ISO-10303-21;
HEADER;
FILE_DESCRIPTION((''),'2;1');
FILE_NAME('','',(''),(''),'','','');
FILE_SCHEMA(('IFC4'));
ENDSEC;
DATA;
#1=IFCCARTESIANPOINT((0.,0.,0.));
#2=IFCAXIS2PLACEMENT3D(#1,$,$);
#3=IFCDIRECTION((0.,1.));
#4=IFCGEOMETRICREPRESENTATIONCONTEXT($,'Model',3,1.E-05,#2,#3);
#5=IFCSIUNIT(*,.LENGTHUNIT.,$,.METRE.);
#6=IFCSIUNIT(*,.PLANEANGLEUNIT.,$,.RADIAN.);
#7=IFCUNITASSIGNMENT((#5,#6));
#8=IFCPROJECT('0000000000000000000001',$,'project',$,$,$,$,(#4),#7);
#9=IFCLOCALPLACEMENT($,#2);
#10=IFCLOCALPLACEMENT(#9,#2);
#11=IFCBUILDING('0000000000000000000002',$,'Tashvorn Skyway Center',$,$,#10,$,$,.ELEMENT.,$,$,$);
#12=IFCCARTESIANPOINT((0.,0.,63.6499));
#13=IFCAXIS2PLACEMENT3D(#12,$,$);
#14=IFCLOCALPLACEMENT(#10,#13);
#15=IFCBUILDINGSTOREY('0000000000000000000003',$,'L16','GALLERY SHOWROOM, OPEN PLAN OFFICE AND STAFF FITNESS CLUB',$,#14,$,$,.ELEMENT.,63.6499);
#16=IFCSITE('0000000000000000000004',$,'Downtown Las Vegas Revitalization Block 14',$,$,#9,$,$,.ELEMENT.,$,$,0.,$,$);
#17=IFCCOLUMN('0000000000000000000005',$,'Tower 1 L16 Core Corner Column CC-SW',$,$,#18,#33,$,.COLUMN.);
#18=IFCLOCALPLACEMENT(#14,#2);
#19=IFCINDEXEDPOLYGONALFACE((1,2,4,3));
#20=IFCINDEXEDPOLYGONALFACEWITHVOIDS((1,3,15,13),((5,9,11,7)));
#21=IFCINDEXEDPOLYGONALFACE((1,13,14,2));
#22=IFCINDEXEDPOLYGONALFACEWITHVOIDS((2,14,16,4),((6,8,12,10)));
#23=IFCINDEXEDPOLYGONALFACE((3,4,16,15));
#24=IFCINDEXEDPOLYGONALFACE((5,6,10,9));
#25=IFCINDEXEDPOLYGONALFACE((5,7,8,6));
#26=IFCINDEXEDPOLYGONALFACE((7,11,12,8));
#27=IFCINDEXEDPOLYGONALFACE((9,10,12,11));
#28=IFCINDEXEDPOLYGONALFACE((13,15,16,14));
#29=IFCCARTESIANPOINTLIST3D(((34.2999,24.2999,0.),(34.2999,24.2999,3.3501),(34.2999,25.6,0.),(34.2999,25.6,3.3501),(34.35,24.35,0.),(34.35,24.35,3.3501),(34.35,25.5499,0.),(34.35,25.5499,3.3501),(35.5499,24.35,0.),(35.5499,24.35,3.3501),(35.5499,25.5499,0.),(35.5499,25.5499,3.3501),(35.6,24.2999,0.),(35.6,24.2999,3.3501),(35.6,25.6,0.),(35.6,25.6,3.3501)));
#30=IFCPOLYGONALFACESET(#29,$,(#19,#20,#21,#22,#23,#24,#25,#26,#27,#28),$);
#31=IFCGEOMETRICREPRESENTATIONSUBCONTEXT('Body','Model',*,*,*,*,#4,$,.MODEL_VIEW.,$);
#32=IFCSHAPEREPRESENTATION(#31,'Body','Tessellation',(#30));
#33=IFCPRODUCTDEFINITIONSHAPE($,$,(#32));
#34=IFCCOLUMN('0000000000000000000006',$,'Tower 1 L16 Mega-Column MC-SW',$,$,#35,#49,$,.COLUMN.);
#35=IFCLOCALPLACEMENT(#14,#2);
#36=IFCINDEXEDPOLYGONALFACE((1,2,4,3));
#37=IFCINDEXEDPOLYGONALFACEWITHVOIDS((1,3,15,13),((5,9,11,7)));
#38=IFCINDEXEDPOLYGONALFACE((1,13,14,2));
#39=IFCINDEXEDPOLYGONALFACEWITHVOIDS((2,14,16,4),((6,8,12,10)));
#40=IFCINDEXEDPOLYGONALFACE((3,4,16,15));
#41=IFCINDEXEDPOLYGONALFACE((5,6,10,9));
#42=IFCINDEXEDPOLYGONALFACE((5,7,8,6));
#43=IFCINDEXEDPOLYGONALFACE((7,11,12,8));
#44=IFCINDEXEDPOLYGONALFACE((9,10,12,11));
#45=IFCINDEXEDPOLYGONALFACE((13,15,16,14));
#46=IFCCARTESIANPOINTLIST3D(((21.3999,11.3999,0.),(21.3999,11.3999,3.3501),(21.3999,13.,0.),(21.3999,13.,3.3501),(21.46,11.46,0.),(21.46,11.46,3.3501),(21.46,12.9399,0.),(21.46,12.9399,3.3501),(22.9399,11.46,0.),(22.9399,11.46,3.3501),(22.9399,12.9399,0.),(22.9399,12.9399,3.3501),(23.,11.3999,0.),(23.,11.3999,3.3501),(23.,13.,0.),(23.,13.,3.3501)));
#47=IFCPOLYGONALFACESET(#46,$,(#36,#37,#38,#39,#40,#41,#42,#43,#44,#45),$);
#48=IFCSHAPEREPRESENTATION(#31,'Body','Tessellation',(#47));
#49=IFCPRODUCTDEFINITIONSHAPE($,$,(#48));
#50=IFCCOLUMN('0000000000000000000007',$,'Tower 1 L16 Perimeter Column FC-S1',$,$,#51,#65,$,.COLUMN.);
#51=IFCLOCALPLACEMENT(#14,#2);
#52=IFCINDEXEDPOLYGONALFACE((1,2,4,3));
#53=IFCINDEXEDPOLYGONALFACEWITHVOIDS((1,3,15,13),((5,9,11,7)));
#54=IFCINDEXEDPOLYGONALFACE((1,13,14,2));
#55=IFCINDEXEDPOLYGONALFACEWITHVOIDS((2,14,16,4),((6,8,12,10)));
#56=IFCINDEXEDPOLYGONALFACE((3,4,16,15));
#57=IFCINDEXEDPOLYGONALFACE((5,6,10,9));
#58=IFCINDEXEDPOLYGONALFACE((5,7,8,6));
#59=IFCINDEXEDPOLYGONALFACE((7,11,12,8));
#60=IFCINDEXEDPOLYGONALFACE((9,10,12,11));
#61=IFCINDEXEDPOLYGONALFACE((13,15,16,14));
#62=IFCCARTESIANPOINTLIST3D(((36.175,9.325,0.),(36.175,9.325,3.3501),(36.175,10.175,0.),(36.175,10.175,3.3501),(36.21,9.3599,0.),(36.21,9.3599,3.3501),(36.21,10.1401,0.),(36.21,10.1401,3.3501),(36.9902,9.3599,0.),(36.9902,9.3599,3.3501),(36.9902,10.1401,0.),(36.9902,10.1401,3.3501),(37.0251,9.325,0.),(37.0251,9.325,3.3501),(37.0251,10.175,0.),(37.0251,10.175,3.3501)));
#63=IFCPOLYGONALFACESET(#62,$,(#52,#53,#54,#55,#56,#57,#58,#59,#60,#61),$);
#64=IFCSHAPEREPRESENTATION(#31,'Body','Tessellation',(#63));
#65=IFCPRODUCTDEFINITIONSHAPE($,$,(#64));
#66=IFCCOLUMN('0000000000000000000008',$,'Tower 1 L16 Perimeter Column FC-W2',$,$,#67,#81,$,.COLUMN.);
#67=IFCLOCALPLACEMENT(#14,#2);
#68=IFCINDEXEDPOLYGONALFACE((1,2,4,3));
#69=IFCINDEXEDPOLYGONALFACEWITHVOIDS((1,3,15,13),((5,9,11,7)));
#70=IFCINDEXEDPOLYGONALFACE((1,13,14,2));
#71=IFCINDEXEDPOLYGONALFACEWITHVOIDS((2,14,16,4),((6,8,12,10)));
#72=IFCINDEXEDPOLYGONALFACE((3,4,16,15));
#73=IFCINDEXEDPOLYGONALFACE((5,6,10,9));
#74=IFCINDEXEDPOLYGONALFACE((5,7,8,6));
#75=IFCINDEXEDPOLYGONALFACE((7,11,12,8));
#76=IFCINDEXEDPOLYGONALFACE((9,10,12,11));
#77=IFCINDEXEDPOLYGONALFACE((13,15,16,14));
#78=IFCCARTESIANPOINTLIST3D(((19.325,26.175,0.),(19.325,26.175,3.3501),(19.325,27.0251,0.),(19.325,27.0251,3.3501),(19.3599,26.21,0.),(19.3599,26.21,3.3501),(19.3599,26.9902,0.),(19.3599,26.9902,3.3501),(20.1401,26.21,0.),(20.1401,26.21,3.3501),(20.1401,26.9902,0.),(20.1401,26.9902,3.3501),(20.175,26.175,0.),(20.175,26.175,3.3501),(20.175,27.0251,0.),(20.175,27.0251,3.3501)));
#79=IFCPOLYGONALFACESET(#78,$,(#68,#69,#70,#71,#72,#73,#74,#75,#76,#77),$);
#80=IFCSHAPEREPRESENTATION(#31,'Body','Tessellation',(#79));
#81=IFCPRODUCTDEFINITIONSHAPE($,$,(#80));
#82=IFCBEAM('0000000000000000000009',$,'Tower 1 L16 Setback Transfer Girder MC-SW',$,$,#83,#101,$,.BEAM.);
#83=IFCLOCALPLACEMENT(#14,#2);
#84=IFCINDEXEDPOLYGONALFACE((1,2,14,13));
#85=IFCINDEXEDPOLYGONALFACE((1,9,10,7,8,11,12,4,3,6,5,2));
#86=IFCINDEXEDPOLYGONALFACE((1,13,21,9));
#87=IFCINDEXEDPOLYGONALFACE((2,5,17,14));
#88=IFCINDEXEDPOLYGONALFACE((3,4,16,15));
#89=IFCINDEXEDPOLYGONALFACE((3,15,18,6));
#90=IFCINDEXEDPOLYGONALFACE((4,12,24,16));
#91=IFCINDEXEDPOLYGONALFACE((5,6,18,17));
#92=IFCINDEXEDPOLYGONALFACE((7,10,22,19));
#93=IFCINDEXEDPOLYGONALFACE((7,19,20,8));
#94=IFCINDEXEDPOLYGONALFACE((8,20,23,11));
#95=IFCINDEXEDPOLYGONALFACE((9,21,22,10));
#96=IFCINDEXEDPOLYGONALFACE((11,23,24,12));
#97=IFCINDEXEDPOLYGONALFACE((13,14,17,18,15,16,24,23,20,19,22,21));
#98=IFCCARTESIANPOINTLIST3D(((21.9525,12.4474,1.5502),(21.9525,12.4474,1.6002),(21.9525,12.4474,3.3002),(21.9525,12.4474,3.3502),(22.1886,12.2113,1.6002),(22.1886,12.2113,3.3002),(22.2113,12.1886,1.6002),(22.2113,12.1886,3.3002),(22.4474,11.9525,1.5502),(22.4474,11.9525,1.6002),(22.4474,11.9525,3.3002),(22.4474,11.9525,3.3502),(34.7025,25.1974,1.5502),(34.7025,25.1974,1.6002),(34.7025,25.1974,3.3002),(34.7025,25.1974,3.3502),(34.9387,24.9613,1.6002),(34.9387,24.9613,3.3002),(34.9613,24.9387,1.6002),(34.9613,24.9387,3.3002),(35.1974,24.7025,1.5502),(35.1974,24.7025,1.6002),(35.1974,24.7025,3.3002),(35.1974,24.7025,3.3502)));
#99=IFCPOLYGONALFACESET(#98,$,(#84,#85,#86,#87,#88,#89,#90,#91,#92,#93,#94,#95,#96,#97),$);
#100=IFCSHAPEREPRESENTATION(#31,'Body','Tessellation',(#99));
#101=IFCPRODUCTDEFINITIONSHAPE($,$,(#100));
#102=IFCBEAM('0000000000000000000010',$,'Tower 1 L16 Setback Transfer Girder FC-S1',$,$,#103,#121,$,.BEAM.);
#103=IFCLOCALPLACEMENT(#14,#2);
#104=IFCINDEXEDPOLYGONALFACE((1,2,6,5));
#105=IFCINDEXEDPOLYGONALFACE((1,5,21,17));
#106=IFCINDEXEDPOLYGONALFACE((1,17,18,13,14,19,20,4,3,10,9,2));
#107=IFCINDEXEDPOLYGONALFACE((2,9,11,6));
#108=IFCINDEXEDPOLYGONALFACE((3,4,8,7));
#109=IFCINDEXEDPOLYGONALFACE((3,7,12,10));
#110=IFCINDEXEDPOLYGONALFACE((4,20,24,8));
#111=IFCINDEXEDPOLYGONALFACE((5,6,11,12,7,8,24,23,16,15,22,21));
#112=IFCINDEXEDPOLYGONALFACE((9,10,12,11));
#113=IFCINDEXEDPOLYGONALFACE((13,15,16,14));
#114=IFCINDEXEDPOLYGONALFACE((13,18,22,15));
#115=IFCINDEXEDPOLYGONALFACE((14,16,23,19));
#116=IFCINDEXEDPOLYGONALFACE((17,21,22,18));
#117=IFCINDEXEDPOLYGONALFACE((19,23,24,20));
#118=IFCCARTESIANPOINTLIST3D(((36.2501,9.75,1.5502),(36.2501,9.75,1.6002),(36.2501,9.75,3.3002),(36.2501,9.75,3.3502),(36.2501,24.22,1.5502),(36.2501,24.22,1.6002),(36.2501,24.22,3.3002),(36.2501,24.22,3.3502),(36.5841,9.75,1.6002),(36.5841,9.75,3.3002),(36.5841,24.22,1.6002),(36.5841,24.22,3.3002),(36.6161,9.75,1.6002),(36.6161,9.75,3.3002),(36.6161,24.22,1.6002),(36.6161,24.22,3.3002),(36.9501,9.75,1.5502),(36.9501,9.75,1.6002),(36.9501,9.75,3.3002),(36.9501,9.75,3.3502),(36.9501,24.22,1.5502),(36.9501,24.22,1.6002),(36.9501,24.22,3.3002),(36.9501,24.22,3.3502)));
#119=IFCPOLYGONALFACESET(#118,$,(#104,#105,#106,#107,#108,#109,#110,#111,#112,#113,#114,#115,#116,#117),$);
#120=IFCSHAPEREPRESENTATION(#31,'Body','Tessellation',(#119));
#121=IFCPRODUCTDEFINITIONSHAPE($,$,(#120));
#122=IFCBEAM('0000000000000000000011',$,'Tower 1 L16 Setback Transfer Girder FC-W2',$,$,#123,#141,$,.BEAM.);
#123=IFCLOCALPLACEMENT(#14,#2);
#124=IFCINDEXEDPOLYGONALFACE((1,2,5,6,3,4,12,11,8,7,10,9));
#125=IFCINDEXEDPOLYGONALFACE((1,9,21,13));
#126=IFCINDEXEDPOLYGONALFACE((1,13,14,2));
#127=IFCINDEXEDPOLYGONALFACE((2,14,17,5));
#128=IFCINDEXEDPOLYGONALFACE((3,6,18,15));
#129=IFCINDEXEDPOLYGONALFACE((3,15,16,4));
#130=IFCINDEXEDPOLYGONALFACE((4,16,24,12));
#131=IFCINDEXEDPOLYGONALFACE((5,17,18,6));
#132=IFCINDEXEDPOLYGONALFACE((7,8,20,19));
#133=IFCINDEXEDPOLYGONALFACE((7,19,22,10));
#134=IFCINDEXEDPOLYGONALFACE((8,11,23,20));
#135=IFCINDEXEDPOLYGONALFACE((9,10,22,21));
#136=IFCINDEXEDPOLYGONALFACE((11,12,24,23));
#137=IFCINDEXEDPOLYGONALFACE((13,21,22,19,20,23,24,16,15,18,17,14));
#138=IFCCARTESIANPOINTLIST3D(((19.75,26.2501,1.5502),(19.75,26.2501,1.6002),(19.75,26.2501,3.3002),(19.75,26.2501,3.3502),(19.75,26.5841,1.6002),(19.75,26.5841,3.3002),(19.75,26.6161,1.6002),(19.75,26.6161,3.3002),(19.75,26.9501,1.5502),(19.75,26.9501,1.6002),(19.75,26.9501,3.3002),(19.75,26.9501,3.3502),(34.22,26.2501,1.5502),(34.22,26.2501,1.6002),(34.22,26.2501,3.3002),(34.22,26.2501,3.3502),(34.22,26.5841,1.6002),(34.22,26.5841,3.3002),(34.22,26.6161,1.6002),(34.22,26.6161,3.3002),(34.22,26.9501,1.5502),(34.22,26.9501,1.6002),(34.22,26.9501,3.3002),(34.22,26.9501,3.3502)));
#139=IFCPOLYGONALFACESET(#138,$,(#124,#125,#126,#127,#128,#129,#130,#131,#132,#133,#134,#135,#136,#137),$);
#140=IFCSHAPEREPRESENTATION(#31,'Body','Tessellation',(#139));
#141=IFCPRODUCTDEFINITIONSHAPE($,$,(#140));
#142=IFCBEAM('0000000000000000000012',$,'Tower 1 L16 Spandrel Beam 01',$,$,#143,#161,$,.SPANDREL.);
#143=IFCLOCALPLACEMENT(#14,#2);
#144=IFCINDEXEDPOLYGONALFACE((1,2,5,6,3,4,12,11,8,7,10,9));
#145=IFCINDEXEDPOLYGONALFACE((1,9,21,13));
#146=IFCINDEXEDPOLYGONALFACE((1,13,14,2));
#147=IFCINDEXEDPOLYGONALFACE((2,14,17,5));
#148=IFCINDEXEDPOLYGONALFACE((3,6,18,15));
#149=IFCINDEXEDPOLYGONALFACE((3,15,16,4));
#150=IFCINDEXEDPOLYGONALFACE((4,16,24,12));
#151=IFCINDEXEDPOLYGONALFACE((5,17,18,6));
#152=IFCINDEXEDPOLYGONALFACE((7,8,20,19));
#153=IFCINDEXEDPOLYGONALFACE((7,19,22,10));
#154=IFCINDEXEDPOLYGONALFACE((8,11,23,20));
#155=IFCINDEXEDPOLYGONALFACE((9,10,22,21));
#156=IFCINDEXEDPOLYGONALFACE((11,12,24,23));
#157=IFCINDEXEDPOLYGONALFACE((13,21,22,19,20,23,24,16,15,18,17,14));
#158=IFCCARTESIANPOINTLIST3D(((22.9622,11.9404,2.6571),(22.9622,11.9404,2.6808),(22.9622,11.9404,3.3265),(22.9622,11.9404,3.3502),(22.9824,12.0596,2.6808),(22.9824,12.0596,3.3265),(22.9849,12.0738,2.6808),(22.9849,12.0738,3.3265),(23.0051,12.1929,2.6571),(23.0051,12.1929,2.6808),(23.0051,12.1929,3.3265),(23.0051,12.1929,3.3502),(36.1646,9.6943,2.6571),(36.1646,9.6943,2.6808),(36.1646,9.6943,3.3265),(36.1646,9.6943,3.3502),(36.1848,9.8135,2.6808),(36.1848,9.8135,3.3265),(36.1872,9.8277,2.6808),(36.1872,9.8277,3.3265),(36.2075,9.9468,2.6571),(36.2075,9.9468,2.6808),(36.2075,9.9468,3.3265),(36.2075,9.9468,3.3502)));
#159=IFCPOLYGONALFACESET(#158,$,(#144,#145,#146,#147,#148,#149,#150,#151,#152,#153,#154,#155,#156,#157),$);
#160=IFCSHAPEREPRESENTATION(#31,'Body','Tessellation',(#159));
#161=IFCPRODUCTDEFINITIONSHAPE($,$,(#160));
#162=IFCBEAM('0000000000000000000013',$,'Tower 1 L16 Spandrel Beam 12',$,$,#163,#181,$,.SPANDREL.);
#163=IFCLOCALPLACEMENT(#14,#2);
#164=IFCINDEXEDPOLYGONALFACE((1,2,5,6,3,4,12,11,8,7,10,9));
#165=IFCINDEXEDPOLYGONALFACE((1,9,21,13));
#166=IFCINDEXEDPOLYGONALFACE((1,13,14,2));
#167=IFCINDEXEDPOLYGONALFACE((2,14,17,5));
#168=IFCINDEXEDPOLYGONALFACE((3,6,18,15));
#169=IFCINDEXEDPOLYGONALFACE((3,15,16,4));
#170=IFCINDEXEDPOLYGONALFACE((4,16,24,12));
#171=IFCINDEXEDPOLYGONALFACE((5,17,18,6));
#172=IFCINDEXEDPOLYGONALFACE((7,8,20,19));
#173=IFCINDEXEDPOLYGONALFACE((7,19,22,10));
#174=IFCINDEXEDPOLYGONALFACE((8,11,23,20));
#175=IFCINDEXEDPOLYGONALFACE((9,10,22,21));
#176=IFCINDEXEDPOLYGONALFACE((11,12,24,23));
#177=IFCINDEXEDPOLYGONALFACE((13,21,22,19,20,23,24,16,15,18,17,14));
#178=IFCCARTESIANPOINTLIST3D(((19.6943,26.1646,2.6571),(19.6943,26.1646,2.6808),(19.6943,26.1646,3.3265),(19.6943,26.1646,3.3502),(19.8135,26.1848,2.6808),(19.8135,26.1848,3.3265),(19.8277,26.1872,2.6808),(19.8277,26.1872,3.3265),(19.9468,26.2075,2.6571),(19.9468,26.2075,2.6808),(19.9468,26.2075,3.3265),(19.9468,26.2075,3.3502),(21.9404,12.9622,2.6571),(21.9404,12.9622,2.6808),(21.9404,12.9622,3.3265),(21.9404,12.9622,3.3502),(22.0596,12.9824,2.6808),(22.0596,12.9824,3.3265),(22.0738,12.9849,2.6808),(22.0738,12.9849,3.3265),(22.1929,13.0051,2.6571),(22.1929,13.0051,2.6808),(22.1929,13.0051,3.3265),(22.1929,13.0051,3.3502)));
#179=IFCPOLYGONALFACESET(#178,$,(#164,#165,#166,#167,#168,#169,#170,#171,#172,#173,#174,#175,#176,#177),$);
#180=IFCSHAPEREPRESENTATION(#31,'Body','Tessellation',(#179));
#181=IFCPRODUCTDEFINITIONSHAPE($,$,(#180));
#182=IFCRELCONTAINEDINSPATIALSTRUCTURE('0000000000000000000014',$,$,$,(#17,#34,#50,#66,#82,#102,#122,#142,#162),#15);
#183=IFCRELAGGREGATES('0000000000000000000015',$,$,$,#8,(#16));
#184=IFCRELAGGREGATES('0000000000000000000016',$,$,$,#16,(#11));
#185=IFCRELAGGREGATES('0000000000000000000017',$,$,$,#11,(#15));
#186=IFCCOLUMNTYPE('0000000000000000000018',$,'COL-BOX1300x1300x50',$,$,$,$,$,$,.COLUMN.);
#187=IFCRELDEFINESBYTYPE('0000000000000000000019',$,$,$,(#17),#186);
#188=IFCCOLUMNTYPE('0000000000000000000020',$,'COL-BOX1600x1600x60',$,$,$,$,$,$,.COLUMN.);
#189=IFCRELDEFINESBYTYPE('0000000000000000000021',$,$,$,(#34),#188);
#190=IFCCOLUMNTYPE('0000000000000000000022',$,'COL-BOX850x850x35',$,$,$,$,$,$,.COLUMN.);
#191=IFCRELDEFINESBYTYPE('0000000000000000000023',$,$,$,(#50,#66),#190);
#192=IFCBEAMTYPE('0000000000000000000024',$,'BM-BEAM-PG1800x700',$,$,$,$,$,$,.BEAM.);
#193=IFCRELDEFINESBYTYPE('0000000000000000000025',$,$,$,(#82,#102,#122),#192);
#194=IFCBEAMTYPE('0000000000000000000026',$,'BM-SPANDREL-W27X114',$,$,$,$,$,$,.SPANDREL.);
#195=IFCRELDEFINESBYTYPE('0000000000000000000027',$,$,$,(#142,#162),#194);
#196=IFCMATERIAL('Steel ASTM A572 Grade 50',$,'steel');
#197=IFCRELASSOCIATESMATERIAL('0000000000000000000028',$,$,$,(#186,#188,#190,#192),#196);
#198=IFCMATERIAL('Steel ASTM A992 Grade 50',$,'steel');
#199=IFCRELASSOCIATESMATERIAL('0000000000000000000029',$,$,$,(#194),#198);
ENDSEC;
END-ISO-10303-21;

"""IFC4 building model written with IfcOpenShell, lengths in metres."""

from ifc_helpers import new_model, si_unit, direction, frame, origin, origin_2d, place, context, subcontext, project, spatial, hollow_rectangle, i_section, extrude, material, material_profile, profile_set, type_object, element, save


model = new_model("IFC4")

# Units and contexts
model_context = context("Model", 3, precision=1e-05, world=origin(), true_north=direction((0.0, 1.0)))
body_context = subcontext(model_context, "Body", "Model", "MODEL_VIEW")
ifc_project = project(units=[si_unit("LENGTHUNIT", "METRE"), si_unit("PLANEANGLEUNIT", "RADIAN")], contexts=[model_context])

# Site, building, storey
site_placement = place(None, origin())
site = spatial("IfcSite", under=ifc_project, at=site_placement, Name="Downtown Las Vegas Revitalization Block 14", CompositionType="ELEMENT", RefElevation=0.0)
building_placement = place(site_placement, origin())
building = spatial("IfcBuilding", under=site, at=building_placement, Name="Tashvorn Skyway Center", CompositionType="ELEMENT")
storey_placement = place(building_placement, frame((0.0, 0.0, 63.6499)))
storey = spatial("IfcBuildingStorey", under=building, at=storey_placement, Name="L16", Description="GALLERY SHOWROOM, OPEN PLAN OFFICE AND STAFF FITNESS CLUB", CompositionType="ELEMENT", Elevation=63.6499)

# Columns
ifc_material_1 = material(Name="Steel ASTM A572 Grade 50", Category="steel")
ifc_material_profile_1 = material_profile(ifc_material_1, hollow_rectangle(XDim=1.3, YDim=1.3, WallThickness=0.05, at=origin_2d()), Name="BOX1300x1300x50")
ifc_profile_set_1 = profile_set([ifc_material_profile_1], Name="Steel ASTM A572 Grade 50")
column_type_1 = type_object("IfcColumnType", Name="COL-BOX1300x1300x50", PredefinedType="COLUMN", material=ifc_profile_set_1)
column_1_placement = place(storey_placement, frame((34.95, 24.95, 0.0), z_axis=(0.0, 0.0, 1.0), x_axis=(1.0, 0.0, 0.0)))
element("IfcColumn", 1, at=column_1_placement, inside=storey, type_object=column_type_1, Name="Tower 1 L16 Core Corner Column CC-SW", PredefinedType="COLUMN", context=body_context, shape_type="SweptSolid", body=[
    extrude(hollow_rectangle(XDim=1.3, YDim=1.3, WallThickness=0.05, at=origin_2d()), origin(), (0.0, 0.0, 1.0), 3.3501),
])
ifc_material_profile_2 = material_profile(ifc_material_1, hollow_rectangle(XDim=1.6001, YDim=1.6001, WallThickness=0.0601, at=origin_2d()), Name="BOX1600x1600x60")
ifc_profile_set_2 = profile_set([ifc_material_profile_2], Name="Steel ASTM A572 Grade 50")
column_type_2 = type_object("IfcColumnType", Name="COL-BOX1600x1600x60", PredefinedType="COLUMN", material=ifc_profile_set_2)
column_2_placement = place(storey_placement, frame((22.2, 12.2, 0.0), z_axis=(0.0, 0.0, 1.0), x_axis=(1.0, 0.0, 0.0)))
element("IfcColumn", 2, at=column_2_placement, inside=storey, type_object=column_type_2, Name="Tower 1 L16 Mega-Column MC-SW", PredefinedType="COLUMN", context=body_context, shape_type="SweptSolid", body=[
    extrude(hollow_rectangle(XDim=1.6001, YDim=1.6001, WallThickness=0.0601, at=origin_2d()), origin(), (0.0, 0.0, 1.0), 3.3501),
])
ifc_material_profile_3 = material_profile(ifc_material_1, hollow_rectangle(XDim=0.8501, YDim=0.8501, WallThickness=0.0349, at=origin_2d()), Name="BOX850x850x35")
ifc_profile_set_3 = profile_set([ifc_material_profile_3], Name="Steel ASTM A572 Grade 50")
column_type_3 = type_object("IfcColumnType", Name="COL-BOX850x850x35", PredefinedType="COLUMN", material=ifc_profile_set_3)
for number, where, z_axis, x_axis, name in (
    (3, (36.6001, 9.75, 0.0), (0.0, 0.0, 1.0), (1.0, 0.0, 0.0), "Tower 1 L16 Perimeter Column FC-S1"),
    (4, (19.75, 26.6001, 0.0), (0.0, 0.0, 1.0), (1.0, 0.0, 0.0), "Tower 1 L16 Perimeter Column FC-W2"),
):
    element("IfcColumn", number, at=place(storey_placement, frame(where, z_axis=z_axis, x_axis=x_axis)), inside=storey, type_object=column_type_3, Name=name, PredefinedType="COLUMN", context=body_context, shape_type="SweptSolid", body=[
        extrude(hollow_rectangle(XDim=0.8501, YDim=0.8501, WallThickness=0.0349, at=origin_2d()), origin(), (0.0, 0.0, 1.0), 3.3501),
    ])

# Beams
ifc_material_profile_4 = material_profile(ifc_material_1, i_section(OverallWidth=0.7, OverallDepth=1.8, WebThickness=0.032, FlangeThickness=0.05, at=origin_2d()), Name="PG1800x700")
ifc_profile_set_4 = profile_set([ifc_material_profile_4], Name="Steel ASTM A572 Grade 50")
beam_type_1 = type_object("IfcBeamType", Name="BM-BEAM-PG1800x700", PredefinedType="BEAM", material=ifc_profile_set_4)
beam_placement = place(storey_placement, frame((22.2, 12.2, 2.4502), z_axis=(0.707107, 0.707107, 0.0), x_axis=(-0.707107, 0.707107, 0.0)))
element("IfcBeam", 5, at=beam_placement, inside=storey, type_object=beam_type_1, Name="Tower 1 L16 Setback Transfer Girder MC-SW", PredefinedType="BEAM", context=body_context, shape_type="SweptSolid", body=[
    extrude(i_section(OverallWidth=0.7, OverallDepth=1.8, WebThickness=0.032, FlangeThickness=0.05, at=origin_2d()), origin(), (0.0, 0.0, 1.0), 18.0312),
])
for number, where, z_axis, x_axis, name in (
    (6, (36.6001, 9.75, 2.4502), (0.0, 1.0, 0.0), (-1.0, 0.0, 0.0), "Tower 1 L16 Setback Transfer Girder FC-S1"),
    (7, (19.75, 26.6001, 2.4502), (1.0, 0.0, 0.0), (0.0, 1.0, 0.0), "Tower 1 L16 Setback Transfer Girder FC-W2"),
):
    element("IfcBeam", number, at=place(storey_placement, frame(where, z_axis=z_axis, x_axis=x_axis)), inside=storey, type_object=beam_type_1, Name=name, PredefinedType="BEAM", context=body_context, shape_type="SweptSolid", body=[
        extrude(i_section(OverallWidth=0.7, OverallDepth=1.8, WebThickness=0.032, FlangeThickness=0.05, at=origin_2d()), origin(), (0.0, 0.0, 1.0), 14.47),
    ])
ifc_material_2 = material(Name="Steel ASTM A992 Grade 50", Category="steel")
ifc_material_profile_5 = material_profile(ifc_material_2, i_section(OverallWidth=0.2561, OverallDepth=0.6931, WebThickness=0.0144, FlangeThickness=0.0237, at=origin_2d()), Name="W27X114")
ifc_profile_set_5 = profile_set([ifc_material_profile_5], Name="Steel ASTM A992 Grade 50")
beam_type_2 = type_object("IfcBeamType", Name="BM-SPANDREL-W27X114", PredefinedType="SPANDREL", material=ifc_profile_set_5)
for number, where, z_axis, x_axis, name in (
    (8, (22.9836, 12.0667, 3.0037), (0.985835, -0.167718, 0.0), (0.167718, 0.985835, 0.0), "Tower 1 L16 Spandrel Beam 01"),
    (9, (19.8206, 26.186, 3.0037), (0.167718, -0.985835, 0.0), (0.985835, 0.167718, 0.0), "Tower 1 L16 Spandrel Beam 12"),
):
    element("IfcBeam", number, at=place(storey_placement, frame(where, z_axis=z_axis, x_axis=x_axis)), inside=storey, type_object=beam_type_2, Name=name, PredefinedType="SPANDREL", context=body_context, shape_type="SweptSolid", body=[
        extrude(i_section(OverallWidth=0.2561, OverallDepth=0.6931, WebThickness=0.0144, FlangeThickness=0.0237, at=origin_2d()), origin(), (0.0, 0.0, 1.0), 13.3921),
    ])

save(model, "model.ifc")
